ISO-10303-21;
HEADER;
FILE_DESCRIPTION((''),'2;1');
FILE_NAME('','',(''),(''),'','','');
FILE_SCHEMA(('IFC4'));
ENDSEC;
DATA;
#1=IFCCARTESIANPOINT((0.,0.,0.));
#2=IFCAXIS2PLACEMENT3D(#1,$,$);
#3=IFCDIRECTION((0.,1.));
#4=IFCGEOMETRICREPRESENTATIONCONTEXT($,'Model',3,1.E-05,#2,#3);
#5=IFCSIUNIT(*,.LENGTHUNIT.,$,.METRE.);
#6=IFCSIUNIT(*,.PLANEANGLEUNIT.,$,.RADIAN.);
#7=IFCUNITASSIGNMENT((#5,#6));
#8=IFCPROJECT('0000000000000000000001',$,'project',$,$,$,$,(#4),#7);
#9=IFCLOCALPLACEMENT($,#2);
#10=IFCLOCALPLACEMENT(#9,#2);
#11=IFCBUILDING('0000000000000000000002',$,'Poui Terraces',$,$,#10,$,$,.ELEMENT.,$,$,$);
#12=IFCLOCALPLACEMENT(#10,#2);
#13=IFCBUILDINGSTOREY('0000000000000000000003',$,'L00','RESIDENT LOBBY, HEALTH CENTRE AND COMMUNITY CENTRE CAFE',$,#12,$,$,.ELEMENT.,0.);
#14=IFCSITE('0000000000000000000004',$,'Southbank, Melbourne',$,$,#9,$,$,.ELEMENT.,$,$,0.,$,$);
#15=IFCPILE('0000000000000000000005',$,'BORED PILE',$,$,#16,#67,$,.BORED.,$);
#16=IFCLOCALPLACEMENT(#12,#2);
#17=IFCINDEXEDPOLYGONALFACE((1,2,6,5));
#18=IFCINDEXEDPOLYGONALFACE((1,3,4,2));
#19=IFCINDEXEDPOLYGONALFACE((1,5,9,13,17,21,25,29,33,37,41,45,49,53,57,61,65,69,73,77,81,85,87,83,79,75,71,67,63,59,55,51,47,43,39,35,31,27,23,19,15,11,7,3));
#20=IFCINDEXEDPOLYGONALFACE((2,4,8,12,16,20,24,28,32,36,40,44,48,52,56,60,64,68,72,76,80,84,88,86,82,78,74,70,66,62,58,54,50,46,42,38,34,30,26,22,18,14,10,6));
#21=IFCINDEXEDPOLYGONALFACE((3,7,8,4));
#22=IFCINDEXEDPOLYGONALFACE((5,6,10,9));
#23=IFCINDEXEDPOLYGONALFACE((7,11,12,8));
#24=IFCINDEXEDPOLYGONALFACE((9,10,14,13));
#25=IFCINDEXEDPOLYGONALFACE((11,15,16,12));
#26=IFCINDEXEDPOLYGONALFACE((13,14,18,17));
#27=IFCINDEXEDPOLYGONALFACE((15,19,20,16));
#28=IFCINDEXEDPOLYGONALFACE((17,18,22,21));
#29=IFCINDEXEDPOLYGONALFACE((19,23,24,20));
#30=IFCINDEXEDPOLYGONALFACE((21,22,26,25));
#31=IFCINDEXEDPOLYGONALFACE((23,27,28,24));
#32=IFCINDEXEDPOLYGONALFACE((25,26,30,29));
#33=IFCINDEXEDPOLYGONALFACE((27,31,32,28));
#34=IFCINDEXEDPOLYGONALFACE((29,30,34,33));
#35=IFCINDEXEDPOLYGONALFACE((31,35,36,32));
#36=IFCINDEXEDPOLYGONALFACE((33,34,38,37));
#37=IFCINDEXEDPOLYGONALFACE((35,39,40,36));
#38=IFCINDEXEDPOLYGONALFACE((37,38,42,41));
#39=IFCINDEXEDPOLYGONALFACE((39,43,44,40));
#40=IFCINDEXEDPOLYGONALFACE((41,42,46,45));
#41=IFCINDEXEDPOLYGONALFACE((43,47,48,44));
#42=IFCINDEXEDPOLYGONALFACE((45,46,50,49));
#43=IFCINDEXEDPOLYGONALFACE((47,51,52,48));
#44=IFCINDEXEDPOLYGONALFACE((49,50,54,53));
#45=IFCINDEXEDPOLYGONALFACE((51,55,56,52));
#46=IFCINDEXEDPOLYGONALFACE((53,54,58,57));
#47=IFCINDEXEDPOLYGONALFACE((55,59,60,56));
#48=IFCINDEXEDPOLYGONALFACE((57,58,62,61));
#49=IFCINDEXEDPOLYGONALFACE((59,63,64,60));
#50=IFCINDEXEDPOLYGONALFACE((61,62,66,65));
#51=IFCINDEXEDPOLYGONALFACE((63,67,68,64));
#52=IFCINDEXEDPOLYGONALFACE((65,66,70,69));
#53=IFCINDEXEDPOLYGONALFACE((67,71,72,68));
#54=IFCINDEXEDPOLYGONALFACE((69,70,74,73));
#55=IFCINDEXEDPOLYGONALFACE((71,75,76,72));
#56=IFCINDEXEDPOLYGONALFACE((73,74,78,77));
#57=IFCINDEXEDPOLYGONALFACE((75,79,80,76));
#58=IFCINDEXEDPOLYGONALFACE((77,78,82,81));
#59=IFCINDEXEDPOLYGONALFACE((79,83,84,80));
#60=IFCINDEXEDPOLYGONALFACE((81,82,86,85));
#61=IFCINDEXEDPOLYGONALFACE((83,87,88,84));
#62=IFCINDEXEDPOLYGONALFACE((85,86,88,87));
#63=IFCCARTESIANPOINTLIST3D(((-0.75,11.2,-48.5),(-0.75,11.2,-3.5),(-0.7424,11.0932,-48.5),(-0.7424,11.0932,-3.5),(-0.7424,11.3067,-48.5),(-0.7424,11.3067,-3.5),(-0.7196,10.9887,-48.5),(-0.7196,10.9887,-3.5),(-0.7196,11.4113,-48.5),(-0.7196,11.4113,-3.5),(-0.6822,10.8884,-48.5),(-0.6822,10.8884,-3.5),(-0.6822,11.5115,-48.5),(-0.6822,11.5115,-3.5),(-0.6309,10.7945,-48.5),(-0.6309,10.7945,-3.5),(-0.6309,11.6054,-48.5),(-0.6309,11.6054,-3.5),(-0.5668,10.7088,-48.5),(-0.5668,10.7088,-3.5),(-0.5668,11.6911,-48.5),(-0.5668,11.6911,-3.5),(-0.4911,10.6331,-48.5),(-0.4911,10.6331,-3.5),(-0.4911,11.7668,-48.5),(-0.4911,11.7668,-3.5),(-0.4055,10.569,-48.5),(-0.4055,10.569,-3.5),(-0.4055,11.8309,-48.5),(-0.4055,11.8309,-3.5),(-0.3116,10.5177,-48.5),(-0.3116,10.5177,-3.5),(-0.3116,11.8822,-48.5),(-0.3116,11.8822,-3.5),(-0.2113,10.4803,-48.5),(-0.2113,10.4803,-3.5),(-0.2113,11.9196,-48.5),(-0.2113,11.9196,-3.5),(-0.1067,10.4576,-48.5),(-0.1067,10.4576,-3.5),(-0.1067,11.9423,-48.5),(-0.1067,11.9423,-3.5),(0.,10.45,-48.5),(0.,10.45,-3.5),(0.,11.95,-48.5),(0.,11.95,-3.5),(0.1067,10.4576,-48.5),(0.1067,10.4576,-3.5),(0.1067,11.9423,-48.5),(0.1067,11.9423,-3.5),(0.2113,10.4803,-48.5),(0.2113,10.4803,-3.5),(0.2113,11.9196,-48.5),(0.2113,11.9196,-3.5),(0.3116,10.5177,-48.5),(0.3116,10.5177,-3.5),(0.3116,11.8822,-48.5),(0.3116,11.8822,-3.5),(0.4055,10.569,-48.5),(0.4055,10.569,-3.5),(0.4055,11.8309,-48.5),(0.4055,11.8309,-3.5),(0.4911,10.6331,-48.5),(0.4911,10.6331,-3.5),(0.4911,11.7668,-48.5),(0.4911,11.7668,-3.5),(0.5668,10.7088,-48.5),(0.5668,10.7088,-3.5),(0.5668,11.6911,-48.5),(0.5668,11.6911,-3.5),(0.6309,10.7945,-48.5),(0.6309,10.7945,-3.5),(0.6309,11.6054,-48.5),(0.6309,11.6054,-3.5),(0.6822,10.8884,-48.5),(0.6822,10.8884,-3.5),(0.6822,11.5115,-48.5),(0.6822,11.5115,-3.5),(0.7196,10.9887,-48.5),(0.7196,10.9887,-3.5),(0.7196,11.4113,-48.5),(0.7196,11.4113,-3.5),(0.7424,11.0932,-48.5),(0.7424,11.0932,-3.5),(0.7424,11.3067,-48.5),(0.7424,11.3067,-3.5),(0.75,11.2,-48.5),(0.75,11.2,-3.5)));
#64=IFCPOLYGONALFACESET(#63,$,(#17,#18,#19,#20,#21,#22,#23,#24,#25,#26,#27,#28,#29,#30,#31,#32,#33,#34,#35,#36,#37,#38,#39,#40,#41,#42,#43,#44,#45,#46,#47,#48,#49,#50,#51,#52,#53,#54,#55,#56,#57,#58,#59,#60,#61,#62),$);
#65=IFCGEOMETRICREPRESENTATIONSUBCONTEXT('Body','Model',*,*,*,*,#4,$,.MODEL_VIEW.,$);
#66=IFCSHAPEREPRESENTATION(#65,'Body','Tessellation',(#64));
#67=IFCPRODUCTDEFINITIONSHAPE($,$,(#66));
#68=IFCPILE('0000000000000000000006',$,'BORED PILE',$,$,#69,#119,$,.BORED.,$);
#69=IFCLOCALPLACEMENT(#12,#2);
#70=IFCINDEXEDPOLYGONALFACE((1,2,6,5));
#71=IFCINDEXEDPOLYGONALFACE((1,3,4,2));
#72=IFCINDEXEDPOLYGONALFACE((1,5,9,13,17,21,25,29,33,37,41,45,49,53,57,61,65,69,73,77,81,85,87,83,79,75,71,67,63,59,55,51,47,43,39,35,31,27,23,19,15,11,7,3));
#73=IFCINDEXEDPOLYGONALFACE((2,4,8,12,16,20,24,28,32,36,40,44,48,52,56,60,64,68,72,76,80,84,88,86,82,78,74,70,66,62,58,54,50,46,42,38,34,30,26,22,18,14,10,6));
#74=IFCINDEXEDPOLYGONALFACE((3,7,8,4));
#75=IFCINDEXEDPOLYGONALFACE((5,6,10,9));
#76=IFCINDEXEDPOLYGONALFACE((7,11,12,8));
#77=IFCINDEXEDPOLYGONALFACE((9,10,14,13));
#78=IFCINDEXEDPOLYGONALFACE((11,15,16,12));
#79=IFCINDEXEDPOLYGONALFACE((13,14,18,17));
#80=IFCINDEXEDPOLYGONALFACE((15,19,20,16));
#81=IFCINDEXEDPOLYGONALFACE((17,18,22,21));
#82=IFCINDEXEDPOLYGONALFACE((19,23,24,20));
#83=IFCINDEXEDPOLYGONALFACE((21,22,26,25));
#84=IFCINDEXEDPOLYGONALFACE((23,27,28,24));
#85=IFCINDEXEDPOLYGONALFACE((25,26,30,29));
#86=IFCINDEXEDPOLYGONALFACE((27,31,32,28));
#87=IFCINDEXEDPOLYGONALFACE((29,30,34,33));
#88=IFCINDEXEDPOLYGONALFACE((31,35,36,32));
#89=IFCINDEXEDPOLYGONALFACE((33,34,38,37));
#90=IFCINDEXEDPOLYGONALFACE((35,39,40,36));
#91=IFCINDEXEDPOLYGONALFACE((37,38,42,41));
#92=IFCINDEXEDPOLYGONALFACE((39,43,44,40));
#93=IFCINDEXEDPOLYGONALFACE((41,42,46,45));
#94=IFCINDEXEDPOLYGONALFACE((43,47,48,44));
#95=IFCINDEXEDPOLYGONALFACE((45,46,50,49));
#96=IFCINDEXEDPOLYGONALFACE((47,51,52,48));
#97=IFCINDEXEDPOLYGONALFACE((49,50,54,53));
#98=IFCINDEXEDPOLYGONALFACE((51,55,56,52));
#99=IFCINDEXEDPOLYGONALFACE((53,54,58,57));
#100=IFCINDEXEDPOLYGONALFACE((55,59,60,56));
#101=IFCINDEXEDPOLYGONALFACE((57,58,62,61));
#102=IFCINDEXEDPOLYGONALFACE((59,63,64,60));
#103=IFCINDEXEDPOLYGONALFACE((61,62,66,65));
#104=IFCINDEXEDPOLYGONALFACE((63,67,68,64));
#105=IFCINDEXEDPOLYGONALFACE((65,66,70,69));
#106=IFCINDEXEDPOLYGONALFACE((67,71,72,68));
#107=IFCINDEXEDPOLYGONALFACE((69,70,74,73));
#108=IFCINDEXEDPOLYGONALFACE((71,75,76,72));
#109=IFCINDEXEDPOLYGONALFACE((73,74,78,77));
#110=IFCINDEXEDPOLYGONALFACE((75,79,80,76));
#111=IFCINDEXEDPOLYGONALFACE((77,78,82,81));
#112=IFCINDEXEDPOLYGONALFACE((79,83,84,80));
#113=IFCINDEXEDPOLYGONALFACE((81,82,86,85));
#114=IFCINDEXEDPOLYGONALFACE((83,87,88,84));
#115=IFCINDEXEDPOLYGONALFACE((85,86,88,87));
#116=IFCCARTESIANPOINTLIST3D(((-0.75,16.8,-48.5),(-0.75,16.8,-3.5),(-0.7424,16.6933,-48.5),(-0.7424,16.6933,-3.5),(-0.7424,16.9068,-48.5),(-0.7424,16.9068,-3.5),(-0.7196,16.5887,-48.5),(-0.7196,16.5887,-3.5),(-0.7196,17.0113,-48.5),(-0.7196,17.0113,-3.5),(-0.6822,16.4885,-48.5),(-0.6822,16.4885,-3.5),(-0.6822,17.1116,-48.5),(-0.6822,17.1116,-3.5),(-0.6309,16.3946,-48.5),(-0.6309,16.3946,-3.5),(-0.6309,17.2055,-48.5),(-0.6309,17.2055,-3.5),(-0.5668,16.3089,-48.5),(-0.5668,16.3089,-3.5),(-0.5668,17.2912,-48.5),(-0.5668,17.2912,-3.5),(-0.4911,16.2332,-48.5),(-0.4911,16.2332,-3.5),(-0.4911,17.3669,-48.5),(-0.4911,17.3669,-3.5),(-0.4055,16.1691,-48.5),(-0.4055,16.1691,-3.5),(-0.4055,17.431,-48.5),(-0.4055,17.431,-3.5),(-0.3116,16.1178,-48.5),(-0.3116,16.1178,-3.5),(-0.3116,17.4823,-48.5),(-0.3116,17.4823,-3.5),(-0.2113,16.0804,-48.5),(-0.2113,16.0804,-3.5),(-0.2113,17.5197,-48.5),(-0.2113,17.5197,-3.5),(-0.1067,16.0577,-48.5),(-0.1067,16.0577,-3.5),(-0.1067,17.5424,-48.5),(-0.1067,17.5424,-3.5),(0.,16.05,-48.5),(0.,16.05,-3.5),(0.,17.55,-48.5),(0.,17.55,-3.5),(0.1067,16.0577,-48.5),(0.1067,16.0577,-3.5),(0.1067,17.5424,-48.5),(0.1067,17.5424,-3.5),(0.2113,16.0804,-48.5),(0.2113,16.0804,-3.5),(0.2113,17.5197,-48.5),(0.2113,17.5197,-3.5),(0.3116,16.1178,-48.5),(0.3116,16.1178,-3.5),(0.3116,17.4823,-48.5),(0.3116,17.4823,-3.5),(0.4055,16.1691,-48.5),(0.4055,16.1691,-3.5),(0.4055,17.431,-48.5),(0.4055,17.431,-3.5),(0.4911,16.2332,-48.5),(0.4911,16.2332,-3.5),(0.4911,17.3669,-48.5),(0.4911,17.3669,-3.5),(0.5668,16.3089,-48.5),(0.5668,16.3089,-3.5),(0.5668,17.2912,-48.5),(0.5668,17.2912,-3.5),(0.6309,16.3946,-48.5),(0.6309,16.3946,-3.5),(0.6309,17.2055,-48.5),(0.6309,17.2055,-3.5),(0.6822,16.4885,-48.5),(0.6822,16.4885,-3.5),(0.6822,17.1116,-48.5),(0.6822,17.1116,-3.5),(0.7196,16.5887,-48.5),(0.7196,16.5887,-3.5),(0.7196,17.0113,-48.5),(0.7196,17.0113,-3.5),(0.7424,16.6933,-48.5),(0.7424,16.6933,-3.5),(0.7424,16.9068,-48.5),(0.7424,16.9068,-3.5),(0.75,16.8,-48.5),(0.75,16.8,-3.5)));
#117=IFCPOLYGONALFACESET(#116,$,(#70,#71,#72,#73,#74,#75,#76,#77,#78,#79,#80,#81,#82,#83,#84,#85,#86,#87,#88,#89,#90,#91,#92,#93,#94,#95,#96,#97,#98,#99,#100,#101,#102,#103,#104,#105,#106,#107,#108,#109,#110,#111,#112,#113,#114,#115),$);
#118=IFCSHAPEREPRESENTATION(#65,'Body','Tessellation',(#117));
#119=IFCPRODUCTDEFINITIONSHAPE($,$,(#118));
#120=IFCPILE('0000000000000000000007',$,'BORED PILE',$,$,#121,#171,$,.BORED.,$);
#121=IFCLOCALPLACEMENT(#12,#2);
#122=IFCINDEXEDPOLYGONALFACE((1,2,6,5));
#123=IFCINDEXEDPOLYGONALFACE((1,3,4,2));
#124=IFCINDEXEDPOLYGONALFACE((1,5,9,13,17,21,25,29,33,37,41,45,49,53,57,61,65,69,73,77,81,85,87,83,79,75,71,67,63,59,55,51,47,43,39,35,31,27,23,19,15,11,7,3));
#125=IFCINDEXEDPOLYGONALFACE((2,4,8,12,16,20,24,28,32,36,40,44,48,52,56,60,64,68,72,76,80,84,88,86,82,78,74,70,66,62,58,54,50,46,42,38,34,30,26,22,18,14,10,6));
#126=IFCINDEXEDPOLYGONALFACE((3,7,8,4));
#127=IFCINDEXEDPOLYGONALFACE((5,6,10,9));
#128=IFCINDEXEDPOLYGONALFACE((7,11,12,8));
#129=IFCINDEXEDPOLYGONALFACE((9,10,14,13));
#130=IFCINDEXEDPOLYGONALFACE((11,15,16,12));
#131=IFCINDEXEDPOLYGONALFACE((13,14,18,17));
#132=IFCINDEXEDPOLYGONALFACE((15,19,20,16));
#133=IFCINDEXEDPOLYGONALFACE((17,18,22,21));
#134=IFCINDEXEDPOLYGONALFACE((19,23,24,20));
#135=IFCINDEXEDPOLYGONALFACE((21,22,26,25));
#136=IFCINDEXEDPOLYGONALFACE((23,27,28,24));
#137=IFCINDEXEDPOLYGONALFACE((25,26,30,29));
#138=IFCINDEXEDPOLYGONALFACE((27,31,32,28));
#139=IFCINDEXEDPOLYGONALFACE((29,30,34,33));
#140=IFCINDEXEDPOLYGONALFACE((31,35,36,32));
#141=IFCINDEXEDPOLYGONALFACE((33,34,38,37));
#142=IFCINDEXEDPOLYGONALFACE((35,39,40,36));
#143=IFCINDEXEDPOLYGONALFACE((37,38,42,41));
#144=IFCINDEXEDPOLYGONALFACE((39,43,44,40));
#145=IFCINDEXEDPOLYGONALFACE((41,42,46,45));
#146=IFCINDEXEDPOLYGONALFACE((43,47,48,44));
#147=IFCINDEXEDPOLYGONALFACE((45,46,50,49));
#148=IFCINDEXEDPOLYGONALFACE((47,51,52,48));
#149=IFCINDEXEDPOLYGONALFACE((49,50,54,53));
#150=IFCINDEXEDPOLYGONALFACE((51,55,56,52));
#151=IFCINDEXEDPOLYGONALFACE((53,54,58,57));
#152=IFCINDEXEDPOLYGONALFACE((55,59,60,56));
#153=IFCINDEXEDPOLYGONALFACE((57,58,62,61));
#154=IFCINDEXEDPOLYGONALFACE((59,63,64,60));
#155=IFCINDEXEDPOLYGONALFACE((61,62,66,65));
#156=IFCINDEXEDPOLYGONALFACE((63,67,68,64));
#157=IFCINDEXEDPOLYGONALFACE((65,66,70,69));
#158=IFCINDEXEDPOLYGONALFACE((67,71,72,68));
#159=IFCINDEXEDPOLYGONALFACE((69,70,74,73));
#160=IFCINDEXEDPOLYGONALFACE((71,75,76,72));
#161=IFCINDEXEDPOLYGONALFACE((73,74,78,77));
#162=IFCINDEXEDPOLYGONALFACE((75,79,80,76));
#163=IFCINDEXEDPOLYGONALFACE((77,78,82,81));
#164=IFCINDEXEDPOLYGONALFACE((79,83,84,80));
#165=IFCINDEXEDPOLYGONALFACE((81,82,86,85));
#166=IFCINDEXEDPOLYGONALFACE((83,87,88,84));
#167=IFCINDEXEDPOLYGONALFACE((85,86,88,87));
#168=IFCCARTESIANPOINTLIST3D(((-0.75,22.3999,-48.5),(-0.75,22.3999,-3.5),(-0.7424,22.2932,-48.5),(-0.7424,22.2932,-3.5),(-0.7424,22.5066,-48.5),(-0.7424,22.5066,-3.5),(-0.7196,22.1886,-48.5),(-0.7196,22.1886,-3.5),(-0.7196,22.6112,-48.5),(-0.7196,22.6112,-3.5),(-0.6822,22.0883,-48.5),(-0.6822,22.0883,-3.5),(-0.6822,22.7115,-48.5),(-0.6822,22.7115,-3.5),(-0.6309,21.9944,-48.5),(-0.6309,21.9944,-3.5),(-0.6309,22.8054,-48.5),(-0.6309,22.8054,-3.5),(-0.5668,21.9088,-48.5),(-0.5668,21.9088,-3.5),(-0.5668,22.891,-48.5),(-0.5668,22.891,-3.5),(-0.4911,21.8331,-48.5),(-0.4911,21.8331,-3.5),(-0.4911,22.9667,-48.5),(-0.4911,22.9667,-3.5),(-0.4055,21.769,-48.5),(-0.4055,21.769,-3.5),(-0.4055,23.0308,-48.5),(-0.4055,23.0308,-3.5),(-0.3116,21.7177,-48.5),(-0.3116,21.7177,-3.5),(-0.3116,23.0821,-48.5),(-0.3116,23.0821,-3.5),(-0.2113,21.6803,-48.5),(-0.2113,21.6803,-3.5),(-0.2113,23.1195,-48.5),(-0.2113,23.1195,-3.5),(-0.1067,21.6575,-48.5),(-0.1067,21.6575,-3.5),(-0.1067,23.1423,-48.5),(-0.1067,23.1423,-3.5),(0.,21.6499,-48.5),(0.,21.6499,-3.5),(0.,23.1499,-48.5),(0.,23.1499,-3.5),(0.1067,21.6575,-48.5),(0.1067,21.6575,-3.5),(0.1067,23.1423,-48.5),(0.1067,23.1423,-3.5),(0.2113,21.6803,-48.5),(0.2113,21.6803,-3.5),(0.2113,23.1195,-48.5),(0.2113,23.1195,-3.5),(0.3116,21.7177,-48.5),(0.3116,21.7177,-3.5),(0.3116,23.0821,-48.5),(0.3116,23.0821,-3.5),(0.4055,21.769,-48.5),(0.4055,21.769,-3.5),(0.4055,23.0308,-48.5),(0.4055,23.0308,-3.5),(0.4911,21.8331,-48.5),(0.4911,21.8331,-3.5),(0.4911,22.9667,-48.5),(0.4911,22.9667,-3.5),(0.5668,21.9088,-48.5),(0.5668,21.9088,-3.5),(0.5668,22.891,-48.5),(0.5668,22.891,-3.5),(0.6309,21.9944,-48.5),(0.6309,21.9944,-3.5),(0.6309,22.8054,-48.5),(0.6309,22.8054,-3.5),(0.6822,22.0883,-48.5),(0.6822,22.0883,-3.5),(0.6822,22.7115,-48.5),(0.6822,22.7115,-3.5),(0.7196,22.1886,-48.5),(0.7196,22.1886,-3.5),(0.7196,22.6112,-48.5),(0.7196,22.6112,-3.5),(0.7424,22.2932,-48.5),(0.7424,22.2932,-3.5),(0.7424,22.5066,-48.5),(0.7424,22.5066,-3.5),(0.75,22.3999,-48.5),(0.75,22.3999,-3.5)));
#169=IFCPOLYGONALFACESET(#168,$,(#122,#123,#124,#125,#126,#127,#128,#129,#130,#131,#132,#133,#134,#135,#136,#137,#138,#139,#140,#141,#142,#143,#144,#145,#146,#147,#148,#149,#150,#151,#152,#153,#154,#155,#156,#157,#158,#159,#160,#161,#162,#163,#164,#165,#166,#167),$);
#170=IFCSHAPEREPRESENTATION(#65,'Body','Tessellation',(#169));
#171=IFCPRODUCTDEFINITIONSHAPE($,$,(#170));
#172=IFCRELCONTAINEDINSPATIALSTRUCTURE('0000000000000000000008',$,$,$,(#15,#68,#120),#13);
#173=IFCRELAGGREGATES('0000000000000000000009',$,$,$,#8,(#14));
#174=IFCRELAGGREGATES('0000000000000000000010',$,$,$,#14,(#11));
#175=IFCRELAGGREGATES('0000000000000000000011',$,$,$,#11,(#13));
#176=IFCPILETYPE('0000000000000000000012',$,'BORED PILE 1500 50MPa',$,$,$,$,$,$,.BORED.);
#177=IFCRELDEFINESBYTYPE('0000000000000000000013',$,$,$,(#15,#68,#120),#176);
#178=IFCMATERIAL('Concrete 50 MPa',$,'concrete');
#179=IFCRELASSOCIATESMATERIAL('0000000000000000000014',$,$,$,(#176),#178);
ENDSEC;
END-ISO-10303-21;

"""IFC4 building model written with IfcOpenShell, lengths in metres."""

from ifc_helpers import new_model, si_unit, direction, frame, origin, origin_2d, place, context, subcontext, project, spatial, circle, extrude, material, material_profile, profile_set, type_object, element, save


model = new_model("IFC4")

# Units and contexts
model_context = context("Model", 3, precision=1e-05, world=origin(), true_north=direction((0.0, 1.0)))
body_context = subcontext(model_context, "Body", "Model", "MODEL_VIEW")
ifc_project = project(units=[si_unit("LENGTHUNIT", "METRE"), si_unit("PLANEANGLEUNIT", "RADIAN")], contexts=[model_context])

# Site, building, storey
site_placement = place(None, origin())
site = spatial("IfcSite", under=ifc_project, at=site_placement, Name="Southbank, Melbourne", CompositionType="ELEMENT", RefElevation=0.0)
building_placement = place(site_placement, origin())
building = spatial("IfcBuilding", under=site, at=building_placement, Name="Poui Terraces", CompositionType="ELEMENT")
storey_placement = place(building_placement, origin())
storey = spatial("IfcBuildingStorey", under=building, at=storey_placement, Name="L00", Description="RESIDENT LOBBY, HEALTH CENTRE AND COMMUNITY CENTRE CAFE", CompositionType="ELEMENT", Elevation=0.0)

# Piles
ifc_material_1 = material(Name="Concrete 50 MPa", Category="concrete")
ifc_material_profile_1 = material_profile(ifc_material_1, circle(Radius=0.75, at=origin_2d()), Name="RC D1500")
ifc_profile_set_1 = profile_set([ifc_material_profile_1], Name="Concrete 50 MPa")
pile_type = type_object("IfcPileType", Name="BORED PILE 1500 50MPa", PredefinedType="BORED", material=ifc_profile_set_1)
for number, where, z_axis, x_axis, name in (
    (1, (0.0, 11.2, -3.5), (0.0, 0.0, -1.0), (1.0, 0.0, 0.0), "BORED PILE"),
    (2, (0.0, 16.8, -3.5), (0.0, 0.0, -1.0), (1.0, 0.0, 0.0), "BORED PILE"),
    (3, (0.0, 22.3999, -3.5), (0.0, 0.0, -1.0), (1.0, 0.0, 0.0), "BORED PILE"),
):
    element("IfcPile", number, at=place(storey_placement, frame(where, z_axis=z_axis, x_axis=x_axis)), inside=storey, type_object=pile_type, Name=name, PredefinedType="BORED", context=body_context, shape_type="SweptSolid", body=[
        extrude(circle(Radius=0.75, at=origin_2d()), origin(), (0.0, 0.0, 1.0), 45.0),
    ])

save(model, "model.ifc")
